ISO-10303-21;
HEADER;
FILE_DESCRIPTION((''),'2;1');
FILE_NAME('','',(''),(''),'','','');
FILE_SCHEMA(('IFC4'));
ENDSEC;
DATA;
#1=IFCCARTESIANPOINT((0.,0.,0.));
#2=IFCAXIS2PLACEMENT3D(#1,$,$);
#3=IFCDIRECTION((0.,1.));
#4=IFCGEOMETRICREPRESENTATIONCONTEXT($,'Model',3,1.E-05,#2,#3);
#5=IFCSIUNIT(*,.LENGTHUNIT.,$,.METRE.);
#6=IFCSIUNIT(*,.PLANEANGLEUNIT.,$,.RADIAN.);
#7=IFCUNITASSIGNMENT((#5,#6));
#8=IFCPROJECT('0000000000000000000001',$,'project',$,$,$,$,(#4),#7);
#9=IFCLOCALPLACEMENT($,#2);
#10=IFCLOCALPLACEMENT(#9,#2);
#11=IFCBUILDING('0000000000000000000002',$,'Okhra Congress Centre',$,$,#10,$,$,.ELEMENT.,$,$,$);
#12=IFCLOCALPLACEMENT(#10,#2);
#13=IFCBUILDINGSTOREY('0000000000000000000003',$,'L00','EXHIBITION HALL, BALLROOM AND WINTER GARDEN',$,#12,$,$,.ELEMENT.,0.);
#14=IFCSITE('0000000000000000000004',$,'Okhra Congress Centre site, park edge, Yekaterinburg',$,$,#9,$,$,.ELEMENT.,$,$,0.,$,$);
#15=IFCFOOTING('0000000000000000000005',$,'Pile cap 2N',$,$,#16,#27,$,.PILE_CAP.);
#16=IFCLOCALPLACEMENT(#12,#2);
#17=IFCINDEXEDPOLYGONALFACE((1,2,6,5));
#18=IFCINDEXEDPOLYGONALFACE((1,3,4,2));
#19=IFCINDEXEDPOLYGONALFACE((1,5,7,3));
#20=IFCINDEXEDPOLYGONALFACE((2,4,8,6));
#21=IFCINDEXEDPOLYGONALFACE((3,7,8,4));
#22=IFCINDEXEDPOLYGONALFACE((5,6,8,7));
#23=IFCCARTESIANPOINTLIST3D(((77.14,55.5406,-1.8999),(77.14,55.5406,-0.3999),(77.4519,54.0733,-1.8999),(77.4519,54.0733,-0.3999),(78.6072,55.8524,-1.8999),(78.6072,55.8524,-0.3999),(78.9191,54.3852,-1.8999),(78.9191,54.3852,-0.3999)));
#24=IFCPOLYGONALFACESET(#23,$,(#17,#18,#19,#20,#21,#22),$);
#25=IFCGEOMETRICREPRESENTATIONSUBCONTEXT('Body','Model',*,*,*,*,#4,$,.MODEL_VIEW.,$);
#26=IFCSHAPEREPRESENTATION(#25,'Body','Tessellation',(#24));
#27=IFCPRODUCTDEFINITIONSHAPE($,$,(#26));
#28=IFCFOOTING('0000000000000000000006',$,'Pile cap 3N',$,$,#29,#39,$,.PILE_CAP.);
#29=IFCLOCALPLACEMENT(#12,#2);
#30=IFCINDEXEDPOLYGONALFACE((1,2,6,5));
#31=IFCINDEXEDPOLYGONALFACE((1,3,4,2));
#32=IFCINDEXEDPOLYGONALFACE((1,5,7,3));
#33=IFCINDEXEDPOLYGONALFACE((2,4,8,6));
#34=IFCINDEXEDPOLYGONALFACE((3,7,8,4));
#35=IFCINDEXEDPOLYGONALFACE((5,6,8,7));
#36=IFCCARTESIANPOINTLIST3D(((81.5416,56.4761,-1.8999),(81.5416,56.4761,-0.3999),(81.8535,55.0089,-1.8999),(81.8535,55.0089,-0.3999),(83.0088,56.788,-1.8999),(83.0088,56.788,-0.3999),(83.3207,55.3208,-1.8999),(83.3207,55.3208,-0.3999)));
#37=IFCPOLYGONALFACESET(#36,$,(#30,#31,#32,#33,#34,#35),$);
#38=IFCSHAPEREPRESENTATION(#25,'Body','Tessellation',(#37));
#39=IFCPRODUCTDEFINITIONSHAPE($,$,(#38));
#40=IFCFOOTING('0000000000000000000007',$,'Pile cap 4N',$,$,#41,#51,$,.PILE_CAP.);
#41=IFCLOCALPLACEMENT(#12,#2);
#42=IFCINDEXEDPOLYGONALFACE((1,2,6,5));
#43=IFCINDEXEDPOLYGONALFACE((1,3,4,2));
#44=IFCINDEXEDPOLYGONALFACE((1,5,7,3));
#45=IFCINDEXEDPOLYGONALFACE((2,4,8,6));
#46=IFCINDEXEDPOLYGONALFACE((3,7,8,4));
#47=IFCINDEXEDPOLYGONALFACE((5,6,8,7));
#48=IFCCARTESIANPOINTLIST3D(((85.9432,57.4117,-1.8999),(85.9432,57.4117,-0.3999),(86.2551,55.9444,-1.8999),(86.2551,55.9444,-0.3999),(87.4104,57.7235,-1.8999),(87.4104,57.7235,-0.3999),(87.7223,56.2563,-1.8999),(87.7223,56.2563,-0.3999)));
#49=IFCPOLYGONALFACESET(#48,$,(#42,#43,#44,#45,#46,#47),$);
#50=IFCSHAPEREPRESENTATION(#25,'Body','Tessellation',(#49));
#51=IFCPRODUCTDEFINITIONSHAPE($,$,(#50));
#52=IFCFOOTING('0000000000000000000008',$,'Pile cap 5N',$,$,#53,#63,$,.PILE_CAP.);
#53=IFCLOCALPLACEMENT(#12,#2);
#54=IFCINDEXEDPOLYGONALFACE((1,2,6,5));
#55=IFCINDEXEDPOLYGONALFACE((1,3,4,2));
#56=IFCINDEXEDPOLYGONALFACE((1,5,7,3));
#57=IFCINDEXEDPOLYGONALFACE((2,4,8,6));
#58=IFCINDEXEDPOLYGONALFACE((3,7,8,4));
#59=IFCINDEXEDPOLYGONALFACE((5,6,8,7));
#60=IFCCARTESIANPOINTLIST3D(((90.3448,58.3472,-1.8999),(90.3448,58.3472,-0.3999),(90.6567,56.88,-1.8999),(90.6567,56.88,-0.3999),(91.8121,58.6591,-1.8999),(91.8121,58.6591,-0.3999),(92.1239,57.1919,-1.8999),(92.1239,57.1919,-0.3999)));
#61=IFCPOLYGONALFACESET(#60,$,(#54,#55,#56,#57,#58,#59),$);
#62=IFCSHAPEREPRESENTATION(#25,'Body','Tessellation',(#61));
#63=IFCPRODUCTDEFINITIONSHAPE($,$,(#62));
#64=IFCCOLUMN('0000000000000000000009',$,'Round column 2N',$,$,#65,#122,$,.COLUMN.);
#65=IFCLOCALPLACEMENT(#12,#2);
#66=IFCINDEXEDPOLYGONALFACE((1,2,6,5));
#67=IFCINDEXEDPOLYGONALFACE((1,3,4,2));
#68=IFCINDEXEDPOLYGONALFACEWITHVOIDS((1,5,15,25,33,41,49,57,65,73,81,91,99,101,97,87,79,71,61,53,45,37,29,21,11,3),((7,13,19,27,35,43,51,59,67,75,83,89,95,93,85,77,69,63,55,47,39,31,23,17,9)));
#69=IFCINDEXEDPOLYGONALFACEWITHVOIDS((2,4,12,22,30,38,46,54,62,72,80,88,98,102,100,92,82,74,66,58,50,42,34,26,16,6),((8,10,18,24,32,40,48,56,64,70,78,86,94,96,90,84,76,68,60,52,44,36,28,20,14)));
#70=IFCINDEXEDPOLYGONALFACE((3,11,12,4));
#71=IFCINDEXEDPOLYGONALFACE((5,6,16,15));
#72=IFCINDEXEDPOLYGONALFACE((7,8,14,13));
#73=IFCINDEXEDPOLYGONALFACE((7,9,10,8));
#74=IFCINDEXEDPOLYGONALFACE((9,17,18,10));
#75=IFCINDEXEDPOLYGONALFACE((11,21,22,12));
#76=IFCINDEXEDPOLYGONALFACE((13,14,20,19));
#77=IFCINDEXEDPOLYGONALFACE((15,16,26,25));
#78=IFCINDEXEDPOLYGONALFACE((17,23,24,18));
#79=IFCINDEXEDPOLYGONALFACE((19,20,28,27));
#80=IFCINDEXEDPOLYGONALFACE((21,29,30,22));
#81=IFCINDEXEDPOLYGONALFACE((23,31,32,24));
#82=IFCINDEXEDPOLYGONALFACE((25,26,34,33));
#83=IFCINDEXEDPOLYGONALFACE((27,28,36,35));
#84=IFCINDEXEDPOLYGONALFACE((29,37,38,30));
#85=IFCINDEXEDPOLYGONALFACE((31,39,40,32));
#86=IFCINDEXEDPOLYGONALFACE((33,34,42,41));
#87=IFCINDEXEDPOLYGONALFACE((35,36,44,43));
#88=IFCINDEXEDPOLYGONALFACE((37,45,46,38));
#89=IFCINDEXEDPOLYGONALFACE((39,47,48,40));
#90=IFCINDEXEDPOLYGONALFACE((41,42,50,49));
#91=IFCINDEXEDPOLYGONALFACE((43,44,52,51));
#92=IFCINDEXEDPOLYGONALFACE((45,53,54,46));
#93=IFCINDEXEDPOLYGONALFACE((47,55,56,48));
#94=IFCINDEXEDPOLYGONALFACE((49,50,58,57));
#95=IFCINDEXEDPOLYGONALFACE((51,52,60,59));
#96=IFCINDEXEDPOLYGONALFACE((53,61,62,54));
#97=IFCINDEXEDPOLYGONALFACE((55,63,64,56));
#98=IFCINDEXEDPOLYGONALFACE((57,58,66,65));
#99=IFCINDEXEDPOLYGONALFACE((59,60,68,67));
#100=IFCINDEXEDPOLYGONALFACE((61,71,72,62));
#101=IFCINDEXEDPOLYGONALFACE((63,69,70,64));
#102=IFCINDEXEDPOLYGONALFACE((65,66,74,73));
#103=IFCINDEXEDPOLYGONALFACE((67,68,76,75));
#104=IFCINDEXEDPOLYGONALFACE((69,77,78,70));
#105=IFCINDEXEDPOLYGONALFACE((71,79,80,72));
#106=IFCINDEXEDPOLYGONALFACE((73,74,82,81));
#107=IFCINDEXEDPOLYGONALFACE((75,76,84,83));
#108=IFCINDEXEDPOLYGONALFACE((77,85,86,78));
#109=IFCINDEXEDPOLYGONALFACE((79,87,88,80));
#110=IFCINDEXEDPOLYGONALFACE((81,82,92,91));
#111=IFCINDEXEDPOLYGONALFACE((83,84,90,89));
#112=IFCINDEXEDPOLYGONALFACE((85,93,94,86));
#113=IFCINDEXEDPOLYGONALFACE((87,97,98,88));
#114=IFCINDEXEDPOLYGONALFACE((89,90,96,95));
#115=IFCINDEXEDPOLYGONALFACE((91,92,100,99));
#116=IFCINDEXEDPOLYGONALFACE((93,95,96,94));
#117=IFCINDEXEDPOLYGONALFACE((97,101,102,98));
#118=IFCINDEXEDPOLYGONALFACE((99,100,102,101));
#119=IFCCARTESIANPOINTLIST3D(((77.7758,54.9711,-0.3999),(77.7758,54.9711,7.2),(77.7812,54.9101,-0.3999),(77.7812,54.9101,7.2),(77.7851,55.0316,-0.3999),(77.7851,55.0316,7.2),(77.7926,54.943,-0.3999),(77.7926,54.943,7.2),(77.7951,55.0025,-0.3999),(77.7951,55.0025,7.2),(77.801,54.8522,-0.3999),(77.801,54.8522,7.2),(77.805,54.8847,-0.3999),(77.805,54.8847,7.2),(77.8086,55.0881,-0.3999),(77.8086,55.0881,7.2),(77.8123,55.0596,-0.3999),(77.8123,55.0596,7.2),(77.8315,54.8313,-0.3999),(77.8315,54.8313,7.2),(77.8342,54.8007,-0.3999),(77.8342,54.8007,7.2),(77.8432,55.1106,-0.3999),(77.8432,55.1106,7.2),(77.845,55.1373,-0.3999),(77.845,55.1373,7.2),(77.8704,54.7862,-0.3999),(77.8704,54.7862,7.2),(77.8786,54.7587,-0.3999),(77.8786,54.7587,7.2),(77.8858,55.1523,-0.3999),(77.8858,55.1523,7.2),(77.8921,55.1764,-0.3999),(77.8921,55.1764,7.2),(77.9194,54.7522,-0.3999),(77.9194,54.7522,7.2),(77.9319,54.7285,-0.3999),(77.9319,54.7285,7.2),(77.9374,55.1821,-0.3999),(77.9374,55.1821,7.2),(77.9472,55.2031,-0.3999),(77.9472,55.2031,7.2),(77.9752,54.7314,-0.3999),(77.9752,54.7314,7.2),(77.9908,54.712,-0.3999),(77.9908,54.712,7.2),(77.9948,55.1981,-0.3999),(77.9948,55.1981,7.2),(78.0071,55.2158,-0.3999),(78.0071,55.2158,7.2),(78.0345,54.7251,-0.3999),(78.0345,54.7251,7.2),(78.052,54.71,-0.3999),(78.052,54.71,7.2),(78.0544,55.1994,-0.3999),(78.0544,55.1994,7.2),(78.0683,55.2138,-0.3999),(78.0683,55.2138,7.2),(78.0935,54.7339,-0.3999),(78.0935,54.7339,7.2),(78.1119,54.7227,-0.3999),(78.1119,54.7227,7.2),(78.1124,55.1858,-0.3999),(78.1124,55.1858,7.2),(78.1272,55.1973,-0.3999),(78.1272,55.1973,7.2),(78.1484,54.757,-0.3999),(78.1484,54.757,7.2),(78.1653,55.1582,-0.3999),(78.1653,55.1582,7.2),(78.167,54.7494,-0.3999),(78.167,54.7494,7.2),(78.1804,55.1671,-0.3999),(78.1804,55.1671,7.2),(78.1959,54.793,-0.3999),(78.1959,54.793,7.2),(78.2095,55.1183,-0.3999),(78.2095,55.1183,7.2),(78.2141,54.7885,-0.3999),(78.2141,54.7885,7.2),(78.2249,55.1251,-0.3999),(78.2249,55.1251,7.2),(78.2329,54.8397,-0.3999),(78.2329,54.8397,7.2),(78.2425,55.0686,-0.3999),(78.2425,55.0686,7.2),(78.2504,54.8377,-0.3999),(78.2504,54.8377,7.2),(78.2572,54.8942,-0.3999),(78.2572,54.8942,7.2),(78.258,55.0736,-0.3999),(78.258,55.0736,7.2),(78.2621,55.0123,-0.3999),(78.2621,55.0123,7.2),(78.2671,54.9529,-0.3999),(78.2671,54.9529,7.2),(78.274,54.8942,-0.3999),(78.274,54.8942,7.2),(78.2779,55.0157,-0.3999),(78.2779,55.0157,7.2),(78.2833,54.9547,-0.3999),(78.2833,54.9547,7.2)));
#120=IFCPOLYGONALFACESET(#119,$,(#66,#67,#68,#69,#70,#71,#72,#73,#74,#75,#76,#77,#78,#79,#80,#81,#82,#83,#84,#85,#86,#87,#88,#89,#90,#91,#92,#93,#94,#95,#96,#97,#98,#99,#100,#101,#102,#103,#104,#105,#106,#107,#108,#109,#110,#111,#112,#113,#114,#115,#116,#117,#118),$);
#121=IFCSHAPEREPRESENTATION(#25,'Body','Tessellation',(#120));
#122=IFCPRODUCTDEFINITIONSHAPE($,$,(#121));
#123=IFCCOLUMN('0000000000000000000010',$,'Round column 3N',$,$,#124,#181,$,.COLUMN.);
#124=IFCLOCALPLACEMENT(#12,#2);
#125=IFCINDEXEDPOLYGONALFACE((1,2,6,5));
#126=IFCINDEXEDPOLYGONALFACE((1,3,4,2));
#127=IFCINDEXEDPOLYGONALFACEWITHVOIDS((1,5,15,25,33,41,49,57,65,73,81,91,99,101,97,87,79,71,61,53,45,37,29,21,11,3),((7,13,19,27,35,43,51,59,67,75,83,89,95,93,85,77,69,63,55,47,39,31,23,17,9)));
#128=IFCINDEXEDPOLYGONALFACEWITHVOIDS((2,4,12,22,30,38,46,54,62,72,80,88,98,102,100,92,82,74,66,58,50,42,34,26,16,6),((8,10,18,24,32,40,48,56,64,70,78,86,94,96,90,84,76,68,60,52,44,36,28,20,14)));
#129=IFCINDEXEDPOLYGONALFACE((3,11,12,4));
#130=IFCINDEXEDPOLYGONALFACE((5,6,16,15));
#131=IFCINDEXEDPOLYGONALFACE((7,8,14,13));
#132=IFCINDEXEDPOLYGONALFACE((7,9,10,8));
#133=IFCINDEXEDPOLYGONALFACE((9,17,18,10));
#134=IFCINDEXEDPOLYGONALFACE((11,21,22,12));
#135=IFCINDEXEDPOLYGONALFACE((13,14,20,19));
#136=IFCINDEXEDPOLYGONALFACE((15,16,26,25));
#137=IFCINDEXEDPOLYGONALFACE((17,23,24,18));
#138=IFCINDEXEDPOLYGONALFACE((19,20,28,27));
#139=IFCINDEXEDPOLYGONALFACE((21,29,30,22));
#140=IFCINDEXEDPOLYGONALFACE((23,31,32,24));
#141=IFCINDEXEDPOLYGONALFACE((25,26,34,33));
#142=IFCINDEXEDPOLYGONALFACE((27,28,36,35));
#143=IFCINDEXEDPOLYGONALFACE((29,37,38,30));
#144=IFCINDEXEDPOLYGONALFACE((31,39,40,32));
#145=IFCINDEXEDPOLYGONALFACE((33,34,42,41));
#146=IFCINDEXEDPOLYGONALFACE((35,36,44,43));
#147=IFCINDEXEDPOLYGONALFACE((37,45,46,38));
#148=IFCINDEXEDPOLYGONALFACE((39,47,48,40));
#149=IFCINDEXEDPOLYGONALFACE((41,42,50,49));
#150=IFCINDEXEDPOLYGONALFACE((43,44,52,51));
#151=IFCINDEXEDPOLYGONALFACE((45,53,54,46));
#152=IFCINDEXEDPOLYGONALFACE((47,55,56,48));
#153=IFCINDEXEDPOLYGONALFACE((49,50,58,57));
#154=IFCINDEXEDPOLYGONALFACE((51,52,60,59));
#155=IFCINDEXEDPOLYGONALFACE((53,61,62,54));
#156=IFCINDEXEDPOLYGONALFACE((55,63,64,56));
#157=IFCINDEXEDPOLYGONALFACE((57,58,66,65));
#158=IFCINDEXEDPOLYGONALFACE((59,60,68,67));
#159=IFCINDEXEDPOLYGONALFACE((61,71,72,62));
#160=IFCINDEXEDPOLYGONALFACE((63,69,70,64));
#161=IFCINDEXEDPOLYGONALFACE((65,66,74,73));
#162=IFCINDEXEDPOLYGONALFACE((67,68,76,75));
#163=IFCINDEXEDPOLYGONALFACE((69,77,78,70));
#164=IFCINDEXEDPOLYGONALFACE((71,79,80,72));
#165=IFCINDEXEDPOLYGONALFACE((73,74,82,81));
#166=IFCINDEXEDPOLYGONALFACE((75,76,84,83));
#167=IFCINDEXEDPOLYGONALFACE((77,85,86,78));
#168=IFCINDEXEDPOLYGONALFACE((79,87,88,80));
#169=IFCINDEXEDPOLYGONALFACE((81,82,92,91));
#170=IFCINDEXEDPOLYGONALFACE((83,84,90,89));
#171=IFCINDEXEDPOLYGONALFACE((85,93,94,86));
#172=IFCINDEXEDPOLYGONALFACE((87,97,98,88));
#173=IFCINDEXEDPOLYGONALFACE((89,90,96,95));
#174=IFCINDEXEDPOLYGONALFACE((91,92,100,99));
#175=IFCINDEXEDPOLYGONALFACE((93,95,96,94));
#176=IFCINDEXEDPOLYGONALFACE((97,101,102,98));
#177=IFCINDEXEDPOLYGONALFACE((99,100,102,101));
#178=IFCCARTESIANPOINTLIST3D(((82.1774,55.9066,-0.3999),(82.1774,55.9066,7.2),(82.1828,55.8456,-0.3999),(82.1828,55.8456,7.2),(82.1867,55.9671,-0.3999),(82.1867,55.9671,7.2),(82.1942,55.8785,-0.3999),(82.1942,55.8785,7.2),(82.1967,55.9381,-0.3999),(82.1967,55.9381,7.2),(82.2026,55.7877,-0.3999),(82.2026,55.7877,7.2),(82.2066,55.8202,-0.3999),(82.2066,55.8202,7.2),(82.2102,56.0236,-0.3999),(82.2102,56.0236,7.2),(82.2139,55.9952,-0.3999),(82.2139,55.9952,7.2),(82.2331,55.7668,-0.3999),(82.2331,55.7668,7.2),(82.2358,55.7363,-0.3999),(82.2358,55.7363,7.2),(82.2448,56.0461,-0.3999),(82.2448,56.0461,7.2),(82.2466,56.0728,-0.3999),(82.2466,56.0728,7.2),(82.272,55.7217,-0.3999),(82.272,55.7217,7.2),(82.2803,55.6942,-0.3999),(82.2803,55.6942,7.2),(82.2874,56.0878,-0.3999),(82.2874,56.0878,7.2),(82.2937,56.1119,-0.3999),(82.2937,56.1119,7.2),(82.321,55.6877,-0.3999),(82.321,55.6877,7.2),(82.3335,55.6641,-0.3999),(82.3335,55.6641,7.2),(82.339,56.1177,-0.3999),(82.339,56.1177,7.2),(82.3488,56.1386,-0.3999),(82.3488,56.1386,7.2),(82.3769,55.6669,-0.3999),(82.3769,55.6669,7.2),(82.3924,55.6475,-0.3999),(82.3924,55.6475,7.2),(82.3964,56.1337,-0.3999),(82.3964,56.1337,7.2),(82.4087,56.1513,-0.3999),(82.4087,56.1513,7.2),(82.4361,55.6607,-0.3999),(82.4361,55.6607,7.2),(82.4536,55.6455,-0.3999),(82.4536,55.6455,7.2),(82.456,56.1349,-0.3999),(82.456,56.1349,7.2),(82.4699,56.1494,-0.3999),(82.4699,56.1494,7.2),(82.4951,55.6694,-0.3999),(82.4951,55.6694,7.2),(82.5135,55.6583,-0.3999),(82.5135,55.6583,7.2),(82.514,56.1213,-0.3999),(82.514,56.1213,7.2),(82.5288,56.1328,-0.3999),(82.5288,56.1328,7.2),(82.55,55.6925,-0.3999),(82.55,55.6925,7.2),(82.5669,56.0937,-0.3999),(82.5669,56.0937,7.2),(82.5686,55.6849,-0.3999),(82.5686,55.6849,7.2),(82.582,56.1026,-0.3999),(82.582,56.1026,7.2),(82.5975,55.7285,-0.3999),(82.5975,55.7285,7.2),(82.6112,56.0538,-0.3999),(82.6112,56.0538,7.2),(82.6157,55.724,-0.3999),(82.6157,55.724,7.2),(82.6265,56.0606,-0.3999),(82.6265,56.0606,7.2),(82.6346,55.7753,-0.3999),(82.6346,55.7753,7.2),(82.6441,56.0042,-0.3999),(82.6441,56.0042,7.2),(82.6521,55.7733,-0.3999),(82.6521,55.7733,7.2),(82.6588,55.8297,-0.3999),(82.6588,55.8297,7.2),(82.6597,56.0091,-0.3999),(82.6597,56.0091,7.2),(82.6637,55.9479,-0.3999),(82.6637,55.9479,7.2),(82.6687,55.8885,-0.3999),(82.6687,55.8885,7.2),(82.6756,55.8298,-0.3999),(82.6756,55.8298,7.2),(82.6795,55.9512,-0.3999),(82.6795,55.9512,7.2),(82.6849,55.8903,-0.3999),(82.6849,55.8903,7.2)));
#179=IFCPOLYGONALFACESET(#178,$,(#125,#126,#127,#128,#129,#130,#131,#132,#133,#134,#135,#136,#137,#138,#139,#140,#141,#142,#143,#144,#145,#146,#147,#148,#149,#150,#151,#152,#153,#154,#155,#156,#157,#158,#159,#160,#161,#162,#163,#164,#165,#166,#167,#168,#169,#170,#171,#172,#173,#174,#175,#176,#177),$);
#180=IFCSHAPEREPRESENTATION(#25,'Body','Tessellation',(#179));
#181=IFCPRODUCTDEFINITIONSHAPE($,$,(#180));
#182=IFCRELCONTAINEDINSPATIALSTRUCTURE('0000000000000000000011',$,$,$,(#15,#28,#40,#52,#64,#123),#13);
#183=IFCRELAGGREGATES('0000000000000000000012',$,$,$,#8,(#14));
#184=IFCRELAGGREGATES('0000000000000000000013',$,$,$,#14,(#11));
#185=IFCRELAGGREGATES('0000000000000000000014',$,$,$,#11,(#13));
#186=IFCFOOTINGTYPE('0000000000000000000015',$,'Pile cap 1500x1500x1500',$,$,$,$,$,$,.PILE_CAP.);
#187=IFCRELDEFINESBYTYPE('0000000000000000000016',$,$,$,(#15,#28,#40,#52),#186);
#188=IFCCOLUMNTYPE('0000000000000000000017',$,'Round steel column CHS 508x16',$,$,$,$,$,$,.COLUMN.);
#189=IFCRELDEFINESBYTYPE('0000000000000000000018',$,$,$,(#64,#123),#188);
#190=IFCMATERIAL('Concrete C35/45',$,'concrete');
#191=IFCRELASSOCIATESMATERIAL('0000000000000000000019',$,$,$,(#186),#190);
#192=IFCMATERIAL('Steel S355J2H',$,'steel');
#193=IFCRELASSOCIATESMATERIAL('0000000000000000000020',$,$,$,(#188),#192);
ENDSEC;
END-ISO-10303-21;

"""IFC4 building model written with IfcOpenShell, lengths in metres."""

from ifc_helpers import new_model, si_unit, direction, frame, origin, origin_2d, place, context, subcontext, project, spatial, rectangle, hollow_circle, extrude, material, material_profile, profile_set, type_object, element, save


model = new_model("IFC4")

# Units and contexts
model_context = context("Model", 3, precision=1e-05, world=origin(), true_north=direction((0.0, 1.0)))
body_context = subcontext(model_context, "Body", "Model", "MODEL_VIEW")
ifc_project = project(units=[si_unit("LENGTHUNIT", "METRE"), si_unit("PLANEANGLEUNIT", "RADIAN")], contexts=[model_context])

# Site, building, storey
site_placement = place(None, origin())
site = spatial("IfcSite", under=ifc_project, at=site_placement, Name="Okhra Congress Centre site, park edge, Yekaterinburg", CompositionType="ELEMENT", RefElevation=0.0)
building_placement = place(site_placement, origin())
building = spatial("IfcBuilding", under=site, at=building_placement, Name="Okhra Congress Centre", CompositionType="ELEMENT")
storey_placement = place(building_placement, origin())
storey = spatial("IfcBuildingStorey", under=building, at=storey_placement, Name="L00", Description="EXHIBITION HALL, BALLROOM AND WINTER GARDEN", CompositionType="ELEMENT", Elevation=0.0)

# Footings
ifc_material_1 = material(Name="Concrete C35/45", Category="concrete")
footing_type_1 = type_object("IfcFootingType", Name="Pile cap 1500x1500x1500", PredefinedType="PILE_CAP", material=ifc_material_1)
for number, where, z_axis, x_axis, name in (
    (1, (78.0295, 54.9629, -1.8999), (0.0, 0.0, 1.0), (0.978148, 0.207912, 0.0), "Pile cap 2N"),
    (2, (82.4312, 55.8984, -1.8999), (0.0, 0.0, 1.0), (0.978148, 0.207912, 0.0), "Pile cap 3N"),
    (3, (86.8328, 56.834, -1.8999), (0.0, 0.0, 1.0), (0.978148, 0.207912, 0.0), "Pile cap 4N"),
    (4, (91.2344, 57.7695, -1.8999), (0.0, 0.0, 1.0), (0.978148, 0.207912, 0.0), "Pile cap 5N"),
):
    element("IfcFooting", number, at=place(storey_placement, frame(where, z_axis=z_axis, x_axis=x_axis)), inside=storey, type_object=footing_type_1, Name=name, PredefinedType="PILE_CAP", context=body_context, shape_type="SweptSolid", body=[
        extrude(rectangle(XDim=1.5, YDim=1.5, at=origin_2d()), origin(), (0.0, 0.0, 1.0), 1.5),
    ])

# Columns
ifc_material_2 = material(Name="Steel S355J2H", Category="steel")
ifc_material_profile_1 = material_profile(ifc_material_2, hollow_circle(Radius=0.2539, WallThickness=0.0161, at=origin_2d()), Name="CHS 508x16")
ifc_profile_set_1 = profile_set([ifc_material_profile_1], Name="Steel S355J2H")
column_type = type_object("IfcColumnType", Name="Round steel column CHS 508x16", PredefinedType="COLUMN", material=ifc_profile_set_1)
for number, where, z_axis, x_axis, name in (
    (5, (78.0295, 54.9629, -0.3999), (0.0, 0.0, 1.0), (0.978148, 0.207912, 0.0), "Round column 2N"),
    (6, (82.4312, 55.8984, -0.3999), (0.0, 0.0, 1.0), (0.978148, 0.207912, 0.0), "Round column 3N"),
):
    element("IfcColumn", number, at=place(storey_placement, frame(where, z_axis=z_axis, x_axis=x_axis)), inside=storey, type_object=column_type, Name=name, PredefinedType="COLUMN", context=body_context, shape_type="SweptSolid", body=[
        extrude(hollow_circle(Radius=0.2539, WallThickness=0.0161, at=origin_2d()), origin(), (0.0, 0.0, 1.0), 7.5999),
    ])

save(model, "model.ifc")
